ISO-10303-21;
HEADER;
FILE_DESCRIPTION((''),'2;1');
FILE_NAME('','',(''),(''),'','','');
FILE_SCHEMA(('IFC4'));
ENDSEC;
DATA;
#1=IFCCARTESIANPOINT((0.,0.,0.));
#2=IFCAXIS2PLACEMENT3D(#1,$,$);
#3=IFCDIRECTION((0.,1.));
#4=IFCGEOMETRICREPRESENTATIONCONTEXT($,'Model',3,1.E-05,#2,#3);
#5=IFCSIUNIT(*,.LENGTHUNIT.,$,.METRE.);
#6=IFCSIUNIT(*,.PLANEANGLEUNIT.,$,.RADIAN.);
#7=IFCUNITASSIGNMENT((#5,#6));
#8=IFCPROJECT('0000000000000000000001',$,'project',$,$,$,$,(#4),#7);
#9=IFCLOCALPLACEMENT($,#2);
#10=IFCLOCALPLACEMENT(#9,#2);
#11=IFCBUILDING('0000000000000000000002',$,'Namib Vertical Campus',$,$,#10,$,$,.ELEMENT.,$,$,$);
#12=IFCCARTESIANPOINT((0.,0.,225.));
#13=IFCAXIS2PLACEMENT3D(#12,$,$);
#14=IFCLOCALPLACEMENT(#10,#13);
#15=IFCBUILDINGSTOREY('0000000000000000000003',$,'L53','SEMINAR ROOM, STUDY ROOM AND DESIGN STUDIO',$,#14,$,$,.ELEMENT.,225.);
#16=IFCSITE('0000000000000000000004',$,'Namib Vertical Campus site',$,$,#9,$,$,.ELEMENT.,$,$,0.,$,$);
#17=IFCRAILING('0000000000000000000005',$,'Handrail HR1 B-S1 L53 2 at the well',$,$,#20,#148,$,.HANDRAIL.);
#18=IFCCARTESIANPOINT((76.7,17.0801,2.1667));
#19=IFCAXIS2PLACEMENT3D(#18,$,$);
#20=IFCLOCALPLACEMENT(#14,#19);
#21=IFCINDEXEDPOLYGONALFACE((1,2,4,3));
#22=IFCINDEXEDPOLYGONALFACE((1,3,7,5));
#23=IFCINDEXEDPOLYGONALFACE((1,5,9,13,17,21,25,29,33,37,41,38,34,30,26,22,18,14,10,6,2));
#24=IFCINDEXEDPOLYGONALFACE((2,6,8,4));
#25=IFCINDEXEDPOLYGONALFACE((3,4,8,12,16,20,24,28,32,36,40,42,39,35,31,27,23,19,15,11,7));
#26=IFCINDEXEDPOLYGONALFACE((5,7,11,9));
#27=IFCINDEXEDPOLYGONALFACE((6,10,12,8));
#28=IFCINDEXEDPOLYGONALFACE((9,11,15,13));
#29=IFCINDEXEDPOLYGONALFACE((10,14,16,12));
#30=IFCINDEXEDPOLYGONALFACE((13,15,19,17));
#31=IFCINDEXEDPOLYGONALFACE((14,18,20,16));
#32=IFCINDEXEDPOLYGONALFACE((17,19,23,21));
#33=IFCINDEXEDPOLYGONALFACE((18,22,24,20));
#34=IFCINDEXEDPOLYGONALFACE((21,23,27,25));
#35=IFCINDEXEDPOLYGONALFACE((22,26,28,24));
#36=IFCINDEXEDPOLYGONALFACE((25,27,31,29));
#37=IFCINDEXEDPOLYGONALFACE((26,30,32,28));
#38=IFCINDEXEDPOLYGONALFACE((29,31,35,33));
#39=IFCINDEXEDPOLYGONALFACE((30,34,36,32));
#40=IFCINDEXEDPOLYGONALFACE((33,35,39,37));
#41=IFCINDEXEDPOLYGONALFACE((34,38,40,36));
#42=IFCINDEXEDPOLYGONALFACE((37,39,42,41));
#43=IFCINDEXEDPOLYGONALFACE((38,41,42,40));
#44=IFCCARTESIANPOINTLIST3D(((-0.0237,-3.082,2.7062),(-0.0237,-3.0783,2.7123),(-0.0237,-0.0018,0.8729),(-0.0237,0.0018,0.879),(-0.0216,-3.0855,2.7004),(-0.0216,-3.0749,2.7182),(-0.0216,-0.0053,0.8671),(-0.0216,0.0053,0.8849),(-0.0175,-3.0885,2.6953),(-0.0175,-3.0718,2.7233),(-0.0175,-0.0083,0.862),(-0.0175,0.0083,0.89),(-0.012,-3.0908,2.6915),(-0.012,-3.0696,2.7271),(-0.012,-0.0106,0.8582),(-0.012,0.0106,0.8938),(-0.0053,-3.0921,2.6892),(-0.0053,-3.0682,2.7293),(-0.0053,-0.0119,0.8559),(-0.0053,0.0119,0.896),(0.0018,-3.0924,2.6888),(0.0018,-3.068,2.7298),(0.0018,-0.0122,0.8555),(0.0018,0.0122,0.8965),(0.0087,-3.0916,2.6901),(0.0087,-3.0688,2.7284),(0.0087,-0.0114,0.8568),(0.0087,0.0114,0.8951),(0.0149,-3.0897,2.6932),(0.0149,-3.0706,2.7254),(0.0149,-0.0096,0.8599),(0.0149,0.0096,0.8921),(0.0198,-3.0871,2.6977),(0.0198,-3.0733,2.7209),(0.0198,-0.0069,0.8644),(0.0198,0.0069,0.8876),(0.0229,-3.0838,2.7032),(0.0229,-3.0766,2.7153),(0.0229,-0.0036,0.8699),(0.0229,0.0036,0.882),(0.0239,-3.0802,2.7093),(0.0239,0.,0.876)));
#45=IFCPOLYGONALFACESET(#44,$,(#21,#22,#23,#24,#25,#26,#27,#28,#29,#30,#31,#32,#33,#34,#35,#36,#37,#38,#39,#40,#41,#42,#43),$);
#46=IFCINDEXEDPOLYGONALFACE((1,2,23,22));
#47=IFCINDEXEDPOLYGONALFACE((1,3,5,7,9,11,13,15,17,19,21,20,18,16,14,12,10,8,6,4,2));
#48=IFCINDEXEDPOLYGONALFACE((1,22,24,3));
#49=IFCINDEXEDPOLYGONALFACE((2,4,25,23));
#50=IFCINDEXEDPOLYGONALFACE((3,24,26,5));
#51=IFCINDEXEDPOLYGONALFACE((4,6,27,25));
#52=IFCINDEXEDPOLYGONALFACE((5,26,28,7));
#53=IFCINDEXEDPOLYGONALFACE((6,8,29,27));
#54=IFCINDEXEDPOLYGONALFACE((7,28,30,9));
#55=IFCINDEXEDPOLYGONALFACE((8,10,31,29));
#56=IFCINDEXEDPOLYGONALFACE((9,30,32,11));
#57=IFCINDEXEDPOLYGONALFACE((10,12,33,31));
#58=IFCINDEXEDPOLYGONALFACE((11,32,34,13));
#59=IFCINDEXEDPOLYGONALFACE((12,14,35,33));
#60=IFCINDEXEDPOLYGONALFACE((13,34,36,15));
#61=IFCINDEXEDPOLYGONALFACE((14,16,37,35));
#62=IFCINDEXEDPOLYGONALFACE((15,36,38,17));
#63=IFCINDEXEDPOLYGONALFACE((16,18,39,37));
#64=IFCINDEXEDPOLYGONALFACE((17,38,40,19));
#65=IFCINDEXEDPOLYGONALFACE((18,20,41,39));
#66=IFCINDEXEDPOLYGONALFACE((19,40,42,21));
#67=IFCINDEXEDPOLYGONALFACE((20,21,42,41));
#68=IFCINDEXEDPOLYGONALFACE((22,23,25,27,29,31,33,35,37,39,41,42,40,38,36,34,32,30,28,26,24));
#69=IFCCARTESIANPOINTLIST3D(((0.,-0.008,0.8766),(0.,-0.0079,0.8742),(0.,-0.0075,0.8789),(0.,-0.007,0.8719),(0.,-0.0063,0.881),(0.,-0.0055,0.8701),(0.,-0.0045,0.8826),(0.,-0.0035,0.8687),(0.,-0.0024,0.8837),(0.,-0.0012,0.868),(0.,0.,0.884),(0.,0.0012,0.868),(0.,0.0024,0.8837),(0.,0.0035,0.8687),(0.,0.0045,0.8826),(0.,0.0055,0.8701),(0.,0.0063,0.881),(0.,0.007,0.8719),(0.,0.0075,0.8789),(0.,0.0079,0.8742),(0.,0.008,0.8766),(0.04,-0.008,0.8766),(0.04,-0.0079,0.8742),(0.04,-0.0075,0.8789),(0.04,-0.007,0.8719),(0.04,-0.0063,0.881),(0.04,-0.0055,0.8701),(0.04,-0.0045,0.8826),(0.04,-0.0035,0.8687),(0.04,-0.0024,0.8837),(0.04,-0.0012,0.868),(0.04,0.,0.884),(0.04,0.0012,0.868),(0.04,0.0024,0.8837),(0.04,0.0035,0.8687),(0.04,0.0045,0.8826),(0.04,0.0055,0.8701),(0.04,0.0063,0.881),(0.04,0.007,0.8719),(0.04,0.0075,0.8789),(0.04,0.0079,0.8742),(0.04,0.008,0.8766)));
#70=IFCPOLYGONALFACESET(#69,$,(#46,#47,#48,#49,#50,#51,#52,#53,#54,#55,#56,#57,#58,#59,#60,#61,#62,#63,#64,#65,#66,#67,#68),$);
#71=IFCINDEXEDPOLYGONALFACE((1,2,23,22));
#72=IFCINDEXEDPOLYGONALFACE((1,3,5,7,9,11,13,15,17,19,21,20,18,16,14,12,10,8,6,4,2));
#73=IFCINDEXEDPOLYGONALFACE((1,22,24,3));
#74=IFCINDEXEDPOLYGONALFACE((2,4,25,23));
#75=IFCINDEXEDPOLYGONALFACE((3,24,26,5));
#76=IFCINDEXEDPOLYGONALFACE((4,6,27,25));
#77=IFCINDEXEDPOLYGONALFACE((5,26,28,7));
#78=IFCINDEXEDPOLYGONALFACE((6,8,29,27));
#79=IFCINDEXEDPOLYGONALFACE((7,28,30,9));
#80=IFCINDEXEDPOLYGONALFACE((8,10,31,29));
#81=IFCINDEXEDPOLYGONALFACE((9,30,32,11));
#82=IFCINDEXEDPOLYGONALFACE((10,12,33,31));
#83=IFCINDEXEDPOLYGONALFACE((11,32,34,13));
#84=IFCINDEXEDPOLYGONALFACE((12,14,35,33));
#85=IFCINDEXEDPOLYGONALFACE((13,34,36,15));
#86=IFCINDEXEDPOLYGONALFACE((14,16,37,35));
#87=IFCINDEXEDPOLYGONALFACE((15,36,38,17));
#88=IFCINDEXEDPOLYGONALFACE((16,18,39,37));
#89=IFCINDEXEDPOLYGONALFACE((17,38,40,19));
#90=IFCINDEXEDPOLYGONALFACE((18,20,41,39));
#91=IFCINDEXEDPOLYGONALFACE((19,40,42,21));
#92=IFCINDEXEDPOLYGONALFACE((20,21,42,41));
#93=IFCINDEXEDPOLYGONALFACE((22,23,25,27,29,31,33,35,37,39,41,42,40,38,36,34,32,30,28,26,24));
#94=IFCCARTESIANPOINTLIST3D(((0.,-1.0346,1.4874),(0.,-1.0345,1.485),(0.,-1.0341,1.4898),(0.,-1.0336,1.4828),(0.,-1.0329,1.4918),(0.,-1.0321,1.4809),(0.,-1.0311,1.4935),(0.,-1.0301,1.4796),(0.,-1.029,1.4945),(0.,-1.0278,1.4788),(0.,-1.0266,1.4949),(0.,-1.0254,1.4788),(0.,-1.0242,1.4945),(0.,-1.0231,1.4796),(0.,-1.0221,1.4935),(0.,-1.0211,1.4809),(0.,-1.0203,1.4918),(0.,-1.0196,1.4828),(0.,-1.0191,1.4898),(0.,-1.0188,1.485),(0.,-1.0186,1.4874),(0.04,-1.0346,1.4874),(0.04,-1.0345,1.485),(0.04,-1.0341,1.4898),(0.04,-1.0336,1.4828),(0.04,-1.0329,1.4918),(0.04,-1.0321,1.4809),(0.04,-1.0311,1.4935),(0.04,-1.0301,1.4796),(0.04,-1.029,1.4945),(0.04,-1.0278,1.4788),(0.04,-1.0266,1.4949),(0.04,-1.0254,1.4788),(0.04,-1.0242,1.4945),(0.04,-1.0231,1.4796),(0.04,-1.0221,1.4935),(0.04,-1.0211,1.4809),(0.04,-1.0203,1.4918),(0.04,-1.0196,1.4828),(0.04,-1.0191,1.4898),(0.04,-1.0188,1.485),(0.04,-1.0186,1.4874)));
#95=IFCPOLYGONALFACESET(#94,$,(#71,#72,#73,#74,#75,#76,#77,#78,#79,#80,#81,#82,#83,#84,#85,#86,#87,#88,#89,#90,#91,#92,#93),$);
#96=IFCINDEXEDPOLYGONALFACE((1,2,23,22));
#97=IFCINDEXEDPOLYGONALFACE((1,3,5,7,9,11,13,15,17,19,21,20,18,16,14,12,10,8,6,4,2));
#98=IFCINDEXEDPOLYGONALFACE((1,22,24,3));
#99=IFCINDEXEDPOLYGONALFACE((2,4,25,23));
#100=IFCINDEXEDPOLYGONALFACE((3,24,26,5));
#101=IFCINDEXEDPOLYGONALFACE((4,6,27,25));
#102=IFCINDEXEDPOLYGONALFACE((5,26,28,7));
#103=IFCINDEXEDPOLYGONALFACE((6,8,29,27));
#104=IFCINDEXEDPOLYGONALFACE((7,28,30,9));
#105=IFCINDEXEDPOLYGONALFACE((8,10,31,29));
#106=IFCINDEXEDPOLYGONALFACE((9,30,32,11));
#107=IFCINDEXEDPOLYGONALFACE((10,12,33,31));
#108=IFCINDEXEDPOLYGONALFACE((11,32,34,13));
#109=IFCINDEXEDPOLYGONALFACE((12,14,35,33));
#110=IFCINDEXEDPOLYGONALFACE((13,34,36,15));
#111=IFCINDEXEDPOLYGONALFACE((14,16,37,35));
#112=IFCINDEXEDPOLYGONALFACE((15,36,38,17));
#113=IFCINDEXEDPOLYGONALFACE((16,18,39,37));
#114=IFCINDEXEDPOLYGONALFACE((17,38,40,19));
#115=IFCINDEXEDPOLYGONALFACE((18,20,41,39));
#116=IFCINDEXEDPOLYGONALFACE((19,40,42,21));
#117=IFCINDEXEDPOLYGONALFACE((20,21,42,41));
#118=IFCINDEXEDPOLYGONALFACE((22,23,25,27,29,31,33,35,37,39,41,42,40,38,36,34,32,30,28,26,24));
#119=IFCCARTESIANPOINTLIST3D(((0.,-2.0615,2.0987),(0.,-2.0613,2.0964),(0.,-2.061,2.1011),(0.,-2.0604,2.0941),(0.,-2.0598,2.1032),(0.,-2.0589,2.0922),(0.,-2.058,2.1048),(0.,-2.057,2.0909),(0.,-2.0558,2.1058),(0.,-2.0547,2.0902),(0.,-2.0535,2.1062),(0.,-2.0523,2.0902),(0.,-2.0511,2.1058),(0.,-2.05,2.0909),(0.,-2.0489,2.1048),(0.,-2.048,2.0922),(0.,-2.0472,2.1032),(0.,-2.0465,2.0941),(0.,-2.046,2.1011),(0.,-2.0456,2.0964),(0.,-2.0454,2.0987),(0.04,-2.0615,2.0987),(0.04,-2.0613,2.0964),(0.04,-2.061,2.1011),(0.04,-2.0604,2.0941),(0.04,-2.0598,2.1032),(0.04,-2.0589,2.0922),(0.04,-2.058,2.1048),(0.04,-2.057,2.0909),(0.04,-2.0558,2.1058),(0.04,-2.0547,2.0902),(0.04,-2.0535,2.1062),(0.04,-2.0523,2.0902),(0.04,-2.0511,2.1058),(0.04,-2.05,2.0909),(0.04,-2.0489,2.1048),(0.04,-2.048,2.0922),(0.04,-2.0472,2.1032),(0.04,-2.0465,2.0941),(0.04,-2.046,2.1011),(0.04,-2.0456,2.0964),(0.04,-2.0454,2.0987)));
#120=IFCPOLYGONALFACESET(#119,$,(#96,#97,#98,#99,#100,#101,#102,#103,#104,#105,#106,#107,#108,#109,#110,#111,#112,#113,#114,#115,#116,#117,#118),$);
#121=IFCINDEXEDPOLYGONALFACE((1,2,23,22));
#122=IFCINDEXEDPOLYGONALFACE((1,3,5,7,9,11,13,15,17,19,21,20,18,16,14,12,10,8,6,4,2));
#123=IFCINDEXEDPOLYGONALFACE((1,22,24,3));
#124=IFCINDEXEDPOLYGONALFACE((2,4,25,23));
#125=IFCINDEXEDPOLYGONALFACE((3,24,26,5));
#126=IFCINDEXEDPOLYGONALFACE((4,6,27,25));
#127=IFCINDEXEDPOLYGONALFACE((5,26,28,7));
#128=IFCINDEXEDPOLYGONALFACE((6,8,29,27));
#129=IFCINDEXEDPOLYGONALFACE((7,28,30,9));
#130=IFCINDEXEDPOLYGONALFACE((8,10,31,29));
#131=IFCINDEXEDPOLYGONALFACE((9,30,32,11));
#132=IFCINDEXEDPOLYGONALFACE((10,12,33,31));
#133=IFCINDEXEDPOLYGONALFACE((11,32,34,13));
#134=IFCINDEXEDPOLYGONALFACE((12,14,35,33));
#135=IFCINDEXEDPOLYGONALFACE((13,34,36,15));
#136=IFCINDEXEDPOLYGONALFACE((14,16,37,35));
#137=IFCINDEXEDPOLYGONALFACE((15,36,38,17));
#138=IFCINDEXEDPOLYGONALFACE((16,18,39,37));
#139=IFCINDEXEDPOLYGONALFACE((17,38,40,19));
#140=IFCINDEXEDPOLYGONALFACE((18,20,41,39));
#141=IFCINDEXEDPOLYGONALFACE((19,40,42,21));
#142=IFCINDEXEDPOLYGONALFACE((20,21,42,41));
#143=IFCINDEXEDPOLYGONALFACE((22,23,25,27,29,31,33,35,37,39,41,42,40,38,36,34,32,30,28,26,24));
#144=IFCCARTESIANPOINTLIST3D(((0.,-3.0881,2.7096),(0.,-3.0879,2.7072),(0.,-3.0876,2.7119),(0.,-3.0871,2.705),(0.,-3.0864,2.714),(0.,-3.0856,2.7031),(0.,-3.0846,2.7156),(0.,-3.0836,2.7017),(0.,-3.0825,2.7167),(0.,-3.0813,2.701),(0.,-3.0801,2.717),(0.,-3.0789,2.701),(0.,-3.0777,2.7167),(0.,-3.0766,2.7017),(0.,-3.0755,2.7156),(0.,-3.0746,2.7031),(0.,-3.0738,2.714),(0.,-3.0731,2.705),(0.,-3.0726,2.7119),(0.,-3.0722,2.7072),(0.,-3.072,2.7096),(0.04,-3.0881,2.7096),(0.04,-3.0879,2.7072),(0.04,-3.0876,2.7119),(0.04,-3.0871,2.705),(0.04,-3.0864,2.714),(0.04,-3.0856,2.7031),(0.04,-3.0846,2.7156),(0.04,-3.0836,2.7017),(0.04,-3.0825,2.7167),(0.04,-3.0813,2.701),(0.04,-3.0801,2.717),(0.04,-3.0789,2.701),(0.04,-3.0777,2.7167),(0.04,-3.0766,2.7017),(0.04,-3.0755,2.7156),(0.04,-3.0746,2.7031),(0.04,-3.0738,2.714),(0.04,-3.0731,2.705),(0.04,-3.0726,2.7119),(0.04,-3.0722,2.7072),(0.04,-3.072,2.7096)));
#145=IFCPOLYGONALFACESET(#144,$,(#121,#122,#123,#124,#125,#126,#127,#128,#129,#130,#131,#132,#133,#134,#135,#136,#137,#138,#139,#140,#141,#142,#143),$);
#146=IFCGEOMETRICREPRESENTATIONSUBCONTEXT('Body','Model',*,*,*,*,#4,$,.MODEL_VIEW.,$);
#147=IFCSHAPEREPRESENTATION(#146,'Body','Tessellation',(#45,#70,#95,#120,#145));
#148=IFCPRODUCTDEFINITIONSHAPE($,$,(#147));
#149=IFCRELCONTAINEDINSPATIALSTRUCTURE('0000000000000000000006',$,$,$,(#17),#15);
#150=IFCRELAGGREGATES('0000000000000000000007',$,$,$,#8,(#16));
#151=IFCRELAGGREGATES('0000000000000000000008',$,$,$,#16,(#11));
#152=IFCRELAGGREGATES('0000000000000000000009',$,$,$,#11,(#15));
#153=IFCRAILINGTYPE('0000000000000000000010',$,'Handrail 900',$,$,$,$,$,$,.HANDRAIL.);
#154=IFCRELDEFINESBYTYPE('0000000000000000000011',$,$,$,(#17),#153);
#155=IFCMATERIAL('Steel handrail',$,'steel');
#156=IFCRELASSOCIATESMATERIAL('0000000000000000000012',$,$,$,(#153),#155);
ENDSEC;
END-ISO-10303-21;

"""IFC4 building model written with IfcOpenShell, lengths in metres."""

from ifc_helpers import new_model, si_unit, direction, frame, origin, origin_2d, place, context, subcontext, project, spatial, circle, extrude, material, type_object, element, save


model = new_model("IFC4")

# Units and contexts
model_context = context("Model", 3, precision=1e-05, world=origin(), true_north=direction((0.0, 1.0)))
body_context = subcontext(model_context, "Body", "Model", "MODEL_VIEW")
ifc_project = project(units=[si_unit("LENGTHUNIT", "METRE"), si_unit("PLANEANGLEUNIT", "RADIAN")], contexts=[model_context])

# Site, building, storey
site_placement = place(None, origin())
site = spatial("IfcSite", under=ifc_project, at=site_placement, Name="Namib Vertical Campus site", CompositionType="ELEMENT", RefElevation=0.0)
building_placement = place(site_placement, origin())
building = spatial("IfcBuilding", under=site, at=building_placement, Name="Namib Vertical Campus", CompositionType="ELEMENT")
storey_placement = place(building_placement, frame((0.0, 0.0, 225.0)))
storey = spatial("IfcBuildingStorey", under=building, at=storey_placement, Name="L53", Description="SEMINAR ROOM, STUDY ROOM AND DESIGN STUDIO", CompositionType="ELEMENT", Elevation=225.0)

# Railing
ifc_material_1 = material(Name="Steel handrail", Category="steel")
railing_type_1 = type_object("IfcRailingType", Name="Handrail 900", PredefinedType="HANDRAIL", material=ifc_material_1)
railing_1_placement = place(storey_placement, frame((76.7, 17.0801, 2.1667)))
element("IfcRailing", 1, at=railing_1_placement, inside=storey, type_object=railing_type_1, Name="Handrail HR1 B-S1 L53 2 at the well", PredefinedType="HANDRAIL", context=body_context, shape_type="SweptSolid", body=[
    extrude(circle(Radius=0.0239, at=origin_2d()), frame((0.0, 0.0, 0.876), z_axis=(0.0, -0.859309, 0.511458), x_axis=(1.0, 0.0, 0.0)), (0.0, 0.0, 1.0), 3.5845),
    extrude(circle(Radius=0.0081, at=origin_2d()), frame((0.0, 0.0, 0.876), z_axis=(1.0, 0.0, 0.0), x_axis=(0.0, 0.0, 1.0)), (0.0, 0.0, 1.0), 0.04),
    extrude(circle(Radius=0.0081, at=origin_2d()), frame((0.0, -1.0266, 1.4868), z_axis=(1.0, 0.0, 0.0), x_axis=(0.0, 0.0, 1.0)), (0.0, 0.0, 1.0), 0.04),
    extrude(circle(Radius=0.0081, at=origin_2d()), frame((0.0, -2.0535, 2.0981), z_axis=(1.0, 0.0, 0.0), x_axis=(0.0, 0.0, 1.0)), (0.0, 0.0, 1.0), 0.04),
    extrude(circle(Radius=0.0081, at=origin_2d()), frame((0.0, -3.0801, 2.709), z_axis=(1.0, 0.0, 0.0), x_axis=(0.0, 0.0, 1.0)), (0.0, 0.0, 1.0), 0.04),
])

save(model, "model.ifc")
